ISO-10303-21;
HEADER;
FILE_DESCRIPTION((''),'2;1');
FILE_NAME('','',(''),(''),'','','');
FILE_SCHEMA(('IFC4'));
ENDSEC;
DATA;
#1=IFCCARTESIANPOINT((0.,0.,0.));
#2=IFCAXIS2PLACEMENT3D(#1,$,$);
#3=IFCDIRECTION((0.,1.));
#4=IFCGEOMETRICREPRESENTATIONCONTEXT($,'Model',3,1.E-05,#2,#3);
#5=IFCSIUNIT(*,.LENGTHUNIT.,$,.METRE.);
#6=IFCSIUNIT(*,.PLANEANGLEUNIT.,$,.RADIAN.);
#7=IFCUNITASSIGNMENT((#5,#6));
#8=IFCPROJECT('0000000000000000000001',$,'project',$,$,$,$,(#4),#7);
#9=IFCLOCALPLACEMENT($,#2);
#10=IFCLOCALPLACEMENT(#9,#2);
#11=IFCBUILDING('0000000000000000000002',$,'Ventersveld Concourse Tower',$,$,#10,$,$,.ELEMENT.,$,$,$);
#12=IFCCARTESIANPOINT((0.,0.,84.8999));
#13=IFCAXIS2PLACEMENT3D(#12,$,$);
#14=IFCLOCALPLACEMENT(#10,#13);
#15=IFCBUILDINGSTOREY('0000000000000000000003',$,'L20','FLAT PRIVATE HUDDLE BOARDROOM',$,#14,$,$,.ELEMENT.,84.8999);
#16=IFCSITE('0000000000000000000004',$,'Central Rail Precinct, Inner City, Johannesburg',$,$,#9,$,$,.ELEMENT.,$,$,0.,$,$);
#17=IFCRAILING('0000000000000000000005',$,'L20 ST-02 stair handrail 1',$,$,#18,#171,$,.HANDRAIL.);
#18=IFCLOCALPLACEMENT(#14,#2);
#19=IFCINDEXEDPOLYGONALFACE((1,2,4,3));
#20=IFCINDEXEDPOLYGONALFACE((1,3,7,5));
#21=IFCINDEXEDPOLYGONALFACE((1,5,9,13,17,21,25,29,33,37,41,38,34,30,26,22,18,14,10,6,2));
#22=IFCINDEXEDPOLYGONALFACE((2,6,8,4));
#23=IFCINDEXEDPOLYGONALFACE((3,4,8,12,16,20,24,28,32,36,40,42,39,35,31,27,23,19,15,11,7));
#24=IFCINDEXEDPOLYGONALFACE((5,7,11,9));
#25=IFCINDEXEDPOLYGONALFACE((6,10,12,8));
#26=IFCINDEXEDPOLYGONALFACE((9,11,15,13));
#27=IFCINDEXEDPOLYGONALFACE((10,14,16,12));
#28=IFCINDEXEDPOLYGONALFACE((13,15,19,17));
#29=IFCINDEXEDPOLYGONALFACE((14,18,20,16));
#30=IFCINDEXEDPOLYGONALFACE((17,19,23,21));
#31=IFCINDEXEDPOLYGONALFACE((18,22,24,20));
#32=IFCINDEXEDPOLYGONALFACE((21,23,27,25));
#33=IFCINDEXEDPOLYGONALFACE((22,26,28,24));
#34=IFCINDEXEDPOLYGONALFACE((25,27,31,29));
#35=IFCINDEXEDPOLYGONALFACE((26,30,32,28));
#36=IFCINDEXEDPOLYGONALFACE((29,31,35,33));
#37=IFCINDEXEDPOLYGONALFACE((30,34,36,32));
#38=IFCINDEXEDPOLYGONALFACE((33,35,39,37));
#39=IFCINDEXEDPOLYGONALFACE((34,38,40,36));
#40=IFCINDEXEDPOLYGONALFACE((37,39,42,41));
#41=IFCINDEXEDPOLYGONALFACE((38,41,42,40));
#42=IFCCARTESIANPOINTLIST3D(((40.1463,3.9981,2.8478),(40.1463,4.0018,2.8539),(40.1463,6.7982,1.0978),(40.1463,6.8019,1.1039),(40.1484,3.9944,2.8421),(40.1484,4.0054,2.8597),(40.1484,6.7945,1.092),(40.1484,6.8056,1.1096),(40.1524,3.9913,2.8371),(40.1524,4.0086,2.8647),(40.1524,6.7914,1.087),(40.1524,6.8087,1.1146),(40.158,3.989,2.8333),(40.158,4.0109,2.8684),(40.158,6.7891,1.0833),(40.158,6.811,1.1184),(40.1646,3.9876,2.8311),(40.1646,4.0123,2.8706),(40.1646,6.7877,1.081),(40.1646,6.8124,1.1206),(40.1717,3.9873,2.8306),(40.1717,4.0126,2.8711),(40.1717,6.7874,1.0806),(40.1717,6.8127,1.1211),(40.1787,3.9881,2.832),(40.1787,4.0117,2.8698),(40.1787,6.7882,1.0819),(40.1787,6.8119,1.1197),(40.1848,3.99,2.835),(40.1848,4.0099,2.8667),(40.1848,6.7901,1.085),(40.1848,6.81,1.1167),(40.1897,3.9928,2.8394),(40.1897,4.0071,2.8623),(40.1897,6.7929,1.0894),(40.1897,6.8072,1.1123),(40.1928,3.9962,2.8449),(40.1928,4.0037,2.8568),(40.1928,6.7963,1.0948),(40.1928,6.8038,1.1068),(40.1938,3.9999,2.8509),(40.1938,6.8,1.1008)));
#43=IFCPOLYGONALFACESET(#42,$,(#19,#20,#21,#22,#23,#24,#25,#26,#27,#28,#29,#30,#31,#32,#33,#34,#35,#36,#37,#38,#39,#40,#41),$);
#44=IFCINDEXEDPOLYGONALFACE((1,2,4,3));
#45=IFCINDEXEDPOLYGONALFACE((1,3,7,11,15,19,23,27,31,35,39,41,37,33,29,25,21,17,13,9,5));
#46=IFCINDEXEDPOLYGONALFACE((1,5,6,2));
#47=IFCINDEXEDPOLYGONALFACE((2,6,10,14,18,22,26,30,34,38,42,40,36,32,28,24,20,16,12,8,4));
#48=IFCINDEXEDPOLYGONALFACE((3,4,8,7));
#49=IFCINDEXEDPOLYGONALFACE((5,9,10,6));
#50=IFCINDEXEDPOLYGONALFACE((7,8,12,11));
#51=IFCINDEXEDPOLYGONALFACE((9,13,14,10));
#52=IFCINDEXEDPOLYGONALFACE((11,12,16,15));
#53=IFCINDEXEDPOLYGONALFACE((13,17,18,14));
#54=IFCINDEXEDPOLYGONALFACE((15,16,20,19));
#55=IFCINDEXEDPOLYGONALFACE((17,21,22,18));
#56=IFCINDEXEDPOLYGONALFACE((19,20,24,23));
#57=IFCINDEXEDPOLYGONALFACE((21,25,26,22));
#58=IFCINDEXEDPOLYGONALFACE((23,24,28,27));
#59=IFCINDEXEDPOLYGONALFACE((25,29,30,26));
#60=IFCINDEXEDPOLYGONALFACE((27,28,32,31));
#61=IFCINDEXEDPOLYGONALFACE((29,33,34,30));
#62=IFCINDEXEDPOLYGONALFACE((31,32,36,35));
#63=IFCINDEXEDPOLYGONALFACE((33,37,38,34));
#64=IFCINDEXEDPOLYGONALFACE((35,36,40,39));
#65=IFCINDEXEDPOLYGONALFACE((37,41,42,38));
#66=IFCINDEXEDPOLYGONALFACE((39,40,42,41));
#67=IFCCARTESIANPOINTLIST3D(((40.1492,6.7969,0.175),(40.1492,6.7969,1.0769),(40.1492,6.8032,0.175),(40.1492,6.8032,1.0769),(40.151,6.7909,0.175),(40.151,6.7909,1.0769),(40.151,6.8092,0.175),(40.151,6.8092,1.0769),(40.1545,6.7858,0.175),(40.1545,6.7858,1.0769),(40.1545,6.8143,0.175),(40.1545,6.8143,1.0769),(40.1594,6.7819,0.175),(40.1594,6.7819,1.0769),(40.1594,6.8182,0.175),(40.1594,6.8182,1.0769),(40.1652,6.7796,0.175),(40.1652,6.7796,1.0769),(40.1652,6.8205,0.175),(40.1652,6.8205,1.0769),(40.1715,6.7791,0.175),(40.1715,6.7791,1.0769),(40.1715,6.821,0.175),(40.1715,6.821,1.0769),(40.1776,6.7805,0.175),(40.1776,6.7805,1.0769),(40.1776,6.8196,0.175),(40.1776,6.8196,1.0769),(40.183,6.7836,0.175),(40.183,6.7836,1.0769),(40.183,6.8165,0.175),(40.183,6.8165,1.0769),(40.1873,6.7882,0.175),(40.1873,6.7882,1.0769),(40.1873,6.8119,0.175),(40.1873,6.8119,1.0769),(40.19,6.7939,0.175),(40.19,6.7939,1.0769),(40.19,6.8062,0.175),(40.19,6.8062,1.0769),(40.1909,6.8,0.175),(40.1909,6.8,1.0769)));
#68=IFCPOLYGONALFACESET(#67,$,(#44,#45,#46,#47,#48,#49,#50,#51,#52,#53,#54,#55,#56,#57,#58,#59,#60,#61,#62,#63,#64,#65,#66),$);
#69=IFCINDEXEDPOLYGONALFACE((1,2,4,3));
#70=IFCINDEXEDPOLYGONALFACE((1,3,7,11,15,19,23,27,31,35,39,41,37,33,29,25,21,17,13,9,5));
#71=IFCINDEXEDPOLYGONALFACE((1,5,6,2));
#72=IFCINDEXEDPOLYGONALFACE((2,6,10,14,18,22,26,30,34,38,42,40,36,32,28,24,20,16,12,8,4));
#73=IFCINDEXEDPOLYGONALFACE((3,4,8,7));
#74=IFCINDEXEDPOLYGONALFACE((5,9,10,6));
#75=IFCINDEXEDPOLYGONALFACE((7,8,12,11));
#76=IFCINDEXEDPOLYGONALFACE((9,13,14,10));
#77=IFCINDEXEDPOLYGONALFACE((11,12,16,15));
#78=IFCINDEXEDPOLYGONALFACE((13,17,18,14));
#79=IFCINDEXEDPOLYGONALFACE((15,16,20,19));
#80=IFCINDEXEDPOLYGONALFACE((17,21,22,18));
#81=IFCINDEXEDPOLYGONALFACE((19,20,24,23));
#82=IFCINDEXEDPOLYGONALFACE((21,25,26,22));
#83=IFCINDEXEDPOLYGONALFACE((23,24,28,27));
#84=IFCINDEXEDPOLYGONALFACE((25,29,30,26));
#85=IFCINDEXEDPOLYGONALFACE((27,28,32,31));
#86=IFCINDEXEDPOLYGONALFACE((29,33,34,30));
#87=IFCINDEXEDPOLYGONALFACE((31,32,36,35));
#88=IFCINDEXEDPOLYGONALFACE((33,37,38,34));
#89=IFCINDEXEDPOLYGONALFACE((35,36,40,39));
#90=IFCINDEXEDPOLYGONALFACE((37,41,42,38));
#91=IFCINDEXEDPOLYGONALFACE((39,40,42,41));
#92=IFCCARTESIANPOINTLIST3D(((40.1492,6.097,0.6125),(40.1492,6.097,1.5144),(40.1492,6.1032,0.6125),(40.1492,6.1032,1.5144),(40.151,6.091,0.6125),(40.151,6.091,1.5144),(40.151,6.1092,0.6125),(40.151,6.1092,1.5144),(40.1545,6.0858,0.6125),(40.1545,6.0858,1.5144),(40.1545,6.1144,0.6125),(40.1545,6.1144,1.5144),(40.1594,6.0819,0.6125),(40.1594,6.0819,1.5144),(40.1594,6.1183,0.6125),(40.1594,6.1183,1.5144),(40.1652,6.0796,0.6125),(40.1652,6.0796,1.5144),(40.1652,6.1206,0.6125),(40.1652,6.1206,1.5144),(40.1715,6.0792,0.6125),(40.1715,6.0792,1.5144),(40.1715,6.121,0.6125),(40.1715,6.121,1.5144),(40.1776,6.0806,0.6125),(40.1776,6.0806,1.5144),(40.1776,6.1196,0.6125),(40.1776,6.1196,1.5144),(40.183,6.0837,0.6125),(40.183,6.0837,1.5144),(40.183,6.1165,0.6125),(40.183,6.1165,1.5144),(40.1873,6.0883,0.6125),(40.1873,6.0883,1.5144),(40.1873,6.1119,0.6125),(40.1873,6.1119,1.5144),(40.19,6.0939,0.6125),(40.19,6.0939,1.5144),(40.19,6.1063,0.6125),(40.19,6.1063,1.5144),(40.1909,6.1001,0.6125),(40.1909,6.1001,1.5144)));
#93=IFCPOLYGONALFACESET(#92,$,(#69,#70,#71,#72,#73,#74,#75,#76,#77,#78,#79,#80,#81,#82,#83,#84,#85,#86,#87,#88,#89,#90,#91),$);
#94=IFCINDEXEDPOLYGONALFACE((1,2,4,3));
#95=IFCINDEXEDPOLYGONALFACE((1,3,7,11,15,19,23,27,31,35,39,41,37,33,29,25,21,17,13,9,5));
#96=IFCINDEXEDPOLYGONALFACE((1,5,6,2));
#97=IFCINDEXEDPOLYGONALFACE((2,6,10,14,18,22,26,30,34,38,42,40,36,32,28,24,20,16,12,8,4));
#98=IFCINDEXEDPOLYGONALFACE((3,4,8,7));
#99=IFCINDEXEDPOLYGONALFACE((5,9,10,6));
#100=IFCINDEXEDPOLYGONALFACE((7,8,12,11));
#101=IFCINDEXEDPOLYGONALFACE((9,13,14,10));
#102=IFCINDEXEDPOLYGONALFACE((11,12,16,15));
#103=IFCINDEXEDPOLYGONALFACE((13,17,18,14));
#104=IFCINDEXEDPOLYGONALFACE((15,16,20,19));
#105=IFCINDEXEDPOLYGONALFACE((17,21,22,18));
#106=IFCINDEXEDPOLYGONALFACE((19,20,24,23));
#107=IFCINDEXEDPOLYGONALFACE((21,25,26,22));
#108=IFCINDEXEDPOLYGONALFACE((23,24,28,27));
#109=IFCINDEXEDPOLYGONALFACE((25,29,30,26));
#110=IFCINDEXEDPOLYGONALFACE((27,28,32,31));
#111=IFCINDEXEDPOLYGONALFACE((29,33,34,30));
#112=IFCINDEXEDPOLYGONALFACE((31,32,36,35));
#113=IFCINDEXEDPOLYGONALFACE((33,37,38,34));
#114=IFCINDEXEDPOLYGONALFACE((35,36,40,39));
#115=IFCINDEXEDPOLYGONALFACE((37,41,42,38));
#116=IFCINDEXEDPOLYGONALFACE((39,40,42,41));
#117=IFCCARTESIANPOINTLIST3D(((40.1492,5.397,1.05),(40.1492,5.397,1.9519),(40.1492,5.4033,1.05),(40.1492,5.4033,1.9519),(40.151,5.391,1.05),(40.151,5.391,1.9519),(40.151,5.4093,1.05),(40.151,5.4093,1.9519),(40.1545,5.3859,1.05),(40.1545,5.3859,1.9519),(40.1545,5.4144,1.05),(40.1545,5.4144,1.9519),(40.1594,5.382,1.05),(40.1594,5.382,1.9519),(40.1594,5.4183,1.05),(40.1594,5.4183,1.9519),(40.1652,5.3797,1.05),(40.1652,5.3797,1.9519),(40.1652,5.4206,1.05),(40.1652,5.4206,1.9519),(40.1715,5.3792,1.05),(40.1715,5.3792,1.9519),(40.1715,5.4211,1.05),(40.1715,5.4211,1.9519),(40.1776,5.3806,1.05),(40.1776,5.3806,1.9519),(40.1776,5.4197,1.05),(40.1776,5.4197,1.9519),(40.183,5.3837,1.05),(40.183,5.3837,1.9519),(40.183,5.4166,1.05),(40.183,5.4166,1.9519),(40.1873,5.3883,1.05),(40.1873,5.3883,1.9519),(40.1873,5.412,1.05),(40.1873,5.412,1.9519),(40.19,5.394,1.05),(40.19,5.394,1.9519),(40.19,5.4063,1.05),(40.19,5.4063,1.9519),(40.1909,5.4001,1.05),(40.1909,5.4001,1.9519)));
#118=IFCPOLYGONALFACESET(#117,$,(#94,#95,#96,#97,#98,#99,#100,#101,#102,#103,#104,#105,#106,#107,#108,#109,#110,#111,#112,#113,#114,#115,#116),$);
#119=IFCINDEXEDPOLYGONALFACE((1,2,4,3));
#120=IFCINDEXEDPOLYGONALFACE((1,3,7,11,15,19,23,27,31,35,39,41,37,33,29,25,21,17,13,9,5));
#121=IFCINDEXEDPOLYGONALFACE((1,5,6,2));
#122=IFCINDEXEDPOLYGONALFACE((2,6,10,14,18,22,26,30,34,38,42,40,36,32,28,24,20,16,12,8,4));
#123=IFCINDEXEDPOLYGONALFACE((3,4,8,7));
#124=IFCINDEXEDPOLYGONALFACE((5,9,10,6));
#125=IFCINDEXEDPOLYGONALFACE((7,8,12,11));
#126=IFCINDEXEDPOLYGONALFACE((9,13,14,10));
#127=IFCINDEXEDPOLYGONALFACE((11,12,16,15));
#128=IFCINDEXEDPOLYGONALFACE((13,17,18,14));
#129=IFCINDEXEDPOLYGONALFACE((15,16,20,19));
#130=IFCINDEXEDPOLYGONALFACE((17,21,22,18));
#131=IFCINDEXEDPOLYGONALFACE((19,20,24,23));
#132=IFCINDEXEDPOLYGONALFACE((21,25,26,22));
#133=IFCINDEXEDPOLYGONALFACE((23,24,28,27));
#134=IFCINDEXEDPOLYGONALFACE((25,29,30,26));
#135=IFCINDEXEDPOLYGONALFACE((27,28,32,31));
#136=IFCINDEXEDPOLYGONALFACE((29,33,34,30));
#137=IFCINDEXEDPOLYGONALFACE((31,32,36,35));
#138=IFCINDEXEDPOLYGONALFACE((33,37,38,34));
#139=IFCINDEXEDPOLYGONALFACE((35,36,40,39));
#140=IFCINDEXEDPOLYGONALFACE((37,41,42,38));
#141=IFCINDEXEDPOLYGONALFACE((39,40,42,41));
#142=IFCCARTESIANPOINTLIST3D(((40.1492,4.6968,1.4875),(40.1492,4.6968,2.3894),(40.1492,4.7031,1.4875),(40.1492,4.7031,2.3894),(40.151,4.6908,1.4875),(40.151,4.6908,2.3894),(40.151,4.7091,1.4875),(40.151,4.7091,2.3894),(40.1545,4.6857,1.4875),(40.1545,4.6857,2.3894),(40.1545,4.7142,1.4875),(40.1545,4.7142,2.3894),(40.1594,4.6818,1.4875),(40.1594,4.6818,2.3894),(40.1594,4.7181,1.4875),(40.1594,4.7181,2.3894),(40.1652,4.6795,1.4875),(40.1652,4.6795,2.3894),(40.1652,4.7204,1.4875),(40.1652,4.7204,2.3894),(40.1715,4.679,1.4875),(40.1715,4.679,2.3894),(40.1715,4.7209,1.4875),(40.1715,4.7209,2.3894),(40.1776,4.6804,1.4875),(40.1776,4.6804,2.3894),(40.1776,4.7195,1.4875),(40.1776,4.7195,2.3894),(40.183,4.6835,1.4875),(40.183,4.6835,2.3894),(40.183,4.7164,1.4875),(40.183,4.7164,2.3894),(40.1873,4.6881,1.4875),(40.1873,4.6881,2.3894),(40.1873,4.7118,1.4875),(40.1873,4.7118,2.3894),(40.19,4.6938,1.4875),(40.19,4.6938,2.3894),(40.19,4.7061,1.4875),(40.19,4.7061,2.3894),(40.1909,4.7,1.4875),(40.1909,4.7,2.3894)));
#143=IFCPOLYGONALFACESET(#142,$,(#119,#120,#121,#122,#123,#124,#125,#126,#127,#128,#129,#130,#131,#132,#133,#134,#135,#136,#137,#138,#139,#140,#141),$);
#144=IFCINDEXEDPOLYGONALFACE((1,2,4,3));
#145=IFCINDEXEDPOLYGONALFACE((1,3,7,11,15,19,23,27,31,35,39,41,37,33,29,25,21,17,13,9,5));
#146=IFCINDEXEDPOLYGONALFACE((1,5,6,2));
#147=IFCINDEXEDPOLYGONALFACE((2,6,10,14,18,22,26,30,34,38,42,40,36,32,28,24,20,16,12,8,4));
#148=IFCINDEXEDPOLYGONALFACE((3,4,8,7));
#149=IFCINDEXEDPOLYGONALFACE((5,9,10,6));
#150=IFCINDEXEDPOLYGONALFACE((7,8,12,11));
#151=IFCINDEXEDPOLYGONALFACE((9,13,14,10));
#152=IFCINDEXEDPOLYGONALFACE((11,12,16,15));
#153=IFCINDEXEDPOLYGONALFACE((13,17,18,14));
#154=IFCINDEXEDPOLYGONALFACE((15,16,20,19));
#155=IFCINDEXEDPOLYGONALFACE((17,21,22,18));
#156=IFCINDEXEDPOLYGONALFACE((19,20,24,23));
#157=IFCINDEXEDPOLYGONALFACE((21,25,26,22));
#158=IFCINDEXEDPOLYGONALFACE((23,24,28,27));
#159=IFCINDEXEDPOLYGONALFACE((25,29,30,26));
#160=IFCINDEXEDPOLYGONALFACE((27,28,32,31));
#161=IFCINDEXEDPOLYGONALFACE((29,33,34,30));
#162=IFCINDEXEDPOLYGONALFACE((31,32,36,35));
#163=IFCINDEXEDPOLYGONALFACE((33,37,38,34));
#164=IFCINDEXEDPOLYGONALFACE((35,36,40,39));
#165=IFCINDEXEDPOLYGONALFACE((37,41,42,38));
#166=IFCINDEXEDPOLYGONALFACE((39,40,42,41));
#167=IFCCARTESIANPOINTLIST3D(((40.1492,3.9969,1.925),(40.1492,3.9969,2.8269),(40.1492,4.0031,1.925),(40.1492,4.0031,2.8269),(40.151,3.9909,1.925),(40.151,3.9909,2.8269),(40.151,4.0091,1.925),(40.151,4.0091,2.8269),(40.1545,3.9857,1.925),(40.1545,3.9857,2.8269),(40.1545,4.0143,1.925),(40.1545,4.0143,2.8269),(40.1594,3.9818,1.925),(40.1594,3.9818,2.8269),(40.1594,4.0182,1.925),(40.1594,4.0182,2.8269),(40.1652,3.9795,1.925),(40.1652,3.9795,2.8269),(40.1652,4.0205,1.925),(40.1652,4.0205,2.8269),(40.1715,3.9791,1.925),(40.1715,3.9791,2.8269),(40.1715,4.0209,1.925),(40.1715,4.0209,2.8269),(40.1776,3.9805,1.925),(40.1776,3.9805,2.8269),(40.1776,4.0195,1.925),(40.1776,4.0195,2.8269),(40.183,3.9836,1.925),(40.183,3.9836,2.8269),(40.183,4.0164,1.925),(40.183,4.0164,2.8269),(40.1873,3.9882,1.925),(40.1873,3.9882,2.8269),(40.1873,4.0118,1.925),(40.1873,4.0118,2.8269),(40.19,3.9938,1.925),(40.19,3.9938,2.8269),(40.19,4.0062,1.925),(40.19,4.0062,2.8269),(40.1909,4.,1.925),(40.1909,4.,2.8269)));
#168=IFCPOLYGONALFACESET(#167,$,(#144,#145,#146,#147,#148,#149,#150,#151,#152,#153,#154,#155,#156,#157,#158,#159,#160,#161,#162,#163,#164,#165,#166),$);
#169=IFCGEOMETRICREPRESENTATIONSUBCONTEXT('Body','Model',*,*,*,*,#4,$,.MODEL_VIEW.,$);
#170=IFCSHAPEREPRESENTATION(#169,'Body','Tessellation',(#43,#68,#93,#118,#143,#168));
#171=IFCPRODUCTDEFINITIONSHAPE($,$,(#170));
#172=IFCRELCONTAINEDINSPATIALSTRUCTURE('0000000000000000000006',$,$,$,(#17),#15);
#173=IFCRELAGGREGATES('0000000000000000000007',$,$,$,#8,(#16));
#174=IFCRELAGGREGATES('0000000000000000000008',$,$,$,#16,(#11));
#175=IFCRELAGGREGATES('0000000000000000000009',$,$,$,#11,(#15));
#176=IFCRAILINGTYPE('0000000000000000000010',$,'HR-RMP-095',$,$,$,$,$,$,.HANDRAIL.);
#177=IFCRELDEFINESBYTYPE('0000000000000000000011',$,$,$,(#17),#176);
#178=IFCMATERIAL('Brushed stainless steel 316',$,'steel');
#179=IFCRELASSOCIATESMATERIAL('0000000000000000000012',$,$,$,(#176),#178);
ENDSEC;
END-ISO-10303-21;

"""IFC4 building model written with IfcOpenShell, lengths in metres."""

from ifc_helpers import new_model, si_unit, direction, frame, origin, origin_2d, place, context, subcontext, project, spatial, circle, extrude, material, type_object, element, save


model = new_model("IFC4")

# Units and contexts
model_context = context("Model", 3, precision=1e-05, world=origin(), true_north=direction((0.0, 1.0)))
body_context = subcontext(model_context, "Body", "Model", "MODEL_VIEW")
ifc_project = project(units=[si_unit("LENGTHUNIT", "METRE"), si_unit("PLANEANGLEUNIT", "RADIAN")], contexts=[model_context])

# Site, building, storey
site_placement = place(None, origin())
site = spatial("IfcSite", under=ifc_project, at=site_placement, Name="Central Rail Precinct, Inner City, Johannesburg", CompositionType="ELEMENT", RefElevation=0.0)
building_placement = place(site_placement, origin())
building = spatial("IfcBuilding", under=site, at=building_placement, Name="Ventersveld Concourse Tower", CompositionType="ELEMENT")
storey_placement = place(building_placement, frame((0.0, 0.0, 84.8999)))
storey = spatial("IfcBuildingStorey", under=building, at=storey_placement, Name="L20", Description="FLAT PRIVATE HUDDLE BOARDROOM", CompositionType="ELEMENT", Elevation=84.8999)

# Railing
ifc_material_1 = material(Name="Brushed stainless steel 316", Category="steel")
railing_type_1 = type_object("IfcRailingType", Name="HR-RMP-095", PredefinedType="HANDRAIL", material=ifc_material_1)
railing_1_placement = place(storey_placement, frame((40.1699, 6.8, 0.175)))
element("IfcRailing", 1, at=railing_1_placement, inside=storey, type_object=railing_type_1, Name="L20 ST-02 stair handrail 1", PredefinedType="HANDRAIL", context=body_context, shape_type="SweptSolid", body=[
    extrude(circle(Radius=0.0239, at=origin_2d()), frame((0.0, 0.0, 0.9258), z_axis=(0.0, -0.848002, 0.529992), x_axis=(1.0, 0.0, 0.0)), (0.0, 0.0, 1.0), 3.302),
    extrude(circle(Radius=0.021, at=origin_2d()), origin(), (0.0, 0.0, 1.0), 0.9019),
    extrude(circle(Radius=0.021, at=origin_2d()), frame((0.0, -0.7, 0.4375)), (0.0, 0.0, 1.0), 0.9019),
    extrude(circle(Radius=0.021, at=origin_2d()), frame((0.0, -1.3999, 0.875)), (0.0, 0.0, 1.0), 0.9019),
    extrude(circle(Radius=0.021, at=origin_2d()), frame((0.0, -2.1001, 1.3125)), (0.0, 0.0, 1.0), 0.9019),
    extrude(circle(Radius=0.021, at=origin_2d()), frame((0.0, -2.8, 1.75)), (0.0, 0.0, 1.0), 0.9019),
])

save(model, "model.ifc")
